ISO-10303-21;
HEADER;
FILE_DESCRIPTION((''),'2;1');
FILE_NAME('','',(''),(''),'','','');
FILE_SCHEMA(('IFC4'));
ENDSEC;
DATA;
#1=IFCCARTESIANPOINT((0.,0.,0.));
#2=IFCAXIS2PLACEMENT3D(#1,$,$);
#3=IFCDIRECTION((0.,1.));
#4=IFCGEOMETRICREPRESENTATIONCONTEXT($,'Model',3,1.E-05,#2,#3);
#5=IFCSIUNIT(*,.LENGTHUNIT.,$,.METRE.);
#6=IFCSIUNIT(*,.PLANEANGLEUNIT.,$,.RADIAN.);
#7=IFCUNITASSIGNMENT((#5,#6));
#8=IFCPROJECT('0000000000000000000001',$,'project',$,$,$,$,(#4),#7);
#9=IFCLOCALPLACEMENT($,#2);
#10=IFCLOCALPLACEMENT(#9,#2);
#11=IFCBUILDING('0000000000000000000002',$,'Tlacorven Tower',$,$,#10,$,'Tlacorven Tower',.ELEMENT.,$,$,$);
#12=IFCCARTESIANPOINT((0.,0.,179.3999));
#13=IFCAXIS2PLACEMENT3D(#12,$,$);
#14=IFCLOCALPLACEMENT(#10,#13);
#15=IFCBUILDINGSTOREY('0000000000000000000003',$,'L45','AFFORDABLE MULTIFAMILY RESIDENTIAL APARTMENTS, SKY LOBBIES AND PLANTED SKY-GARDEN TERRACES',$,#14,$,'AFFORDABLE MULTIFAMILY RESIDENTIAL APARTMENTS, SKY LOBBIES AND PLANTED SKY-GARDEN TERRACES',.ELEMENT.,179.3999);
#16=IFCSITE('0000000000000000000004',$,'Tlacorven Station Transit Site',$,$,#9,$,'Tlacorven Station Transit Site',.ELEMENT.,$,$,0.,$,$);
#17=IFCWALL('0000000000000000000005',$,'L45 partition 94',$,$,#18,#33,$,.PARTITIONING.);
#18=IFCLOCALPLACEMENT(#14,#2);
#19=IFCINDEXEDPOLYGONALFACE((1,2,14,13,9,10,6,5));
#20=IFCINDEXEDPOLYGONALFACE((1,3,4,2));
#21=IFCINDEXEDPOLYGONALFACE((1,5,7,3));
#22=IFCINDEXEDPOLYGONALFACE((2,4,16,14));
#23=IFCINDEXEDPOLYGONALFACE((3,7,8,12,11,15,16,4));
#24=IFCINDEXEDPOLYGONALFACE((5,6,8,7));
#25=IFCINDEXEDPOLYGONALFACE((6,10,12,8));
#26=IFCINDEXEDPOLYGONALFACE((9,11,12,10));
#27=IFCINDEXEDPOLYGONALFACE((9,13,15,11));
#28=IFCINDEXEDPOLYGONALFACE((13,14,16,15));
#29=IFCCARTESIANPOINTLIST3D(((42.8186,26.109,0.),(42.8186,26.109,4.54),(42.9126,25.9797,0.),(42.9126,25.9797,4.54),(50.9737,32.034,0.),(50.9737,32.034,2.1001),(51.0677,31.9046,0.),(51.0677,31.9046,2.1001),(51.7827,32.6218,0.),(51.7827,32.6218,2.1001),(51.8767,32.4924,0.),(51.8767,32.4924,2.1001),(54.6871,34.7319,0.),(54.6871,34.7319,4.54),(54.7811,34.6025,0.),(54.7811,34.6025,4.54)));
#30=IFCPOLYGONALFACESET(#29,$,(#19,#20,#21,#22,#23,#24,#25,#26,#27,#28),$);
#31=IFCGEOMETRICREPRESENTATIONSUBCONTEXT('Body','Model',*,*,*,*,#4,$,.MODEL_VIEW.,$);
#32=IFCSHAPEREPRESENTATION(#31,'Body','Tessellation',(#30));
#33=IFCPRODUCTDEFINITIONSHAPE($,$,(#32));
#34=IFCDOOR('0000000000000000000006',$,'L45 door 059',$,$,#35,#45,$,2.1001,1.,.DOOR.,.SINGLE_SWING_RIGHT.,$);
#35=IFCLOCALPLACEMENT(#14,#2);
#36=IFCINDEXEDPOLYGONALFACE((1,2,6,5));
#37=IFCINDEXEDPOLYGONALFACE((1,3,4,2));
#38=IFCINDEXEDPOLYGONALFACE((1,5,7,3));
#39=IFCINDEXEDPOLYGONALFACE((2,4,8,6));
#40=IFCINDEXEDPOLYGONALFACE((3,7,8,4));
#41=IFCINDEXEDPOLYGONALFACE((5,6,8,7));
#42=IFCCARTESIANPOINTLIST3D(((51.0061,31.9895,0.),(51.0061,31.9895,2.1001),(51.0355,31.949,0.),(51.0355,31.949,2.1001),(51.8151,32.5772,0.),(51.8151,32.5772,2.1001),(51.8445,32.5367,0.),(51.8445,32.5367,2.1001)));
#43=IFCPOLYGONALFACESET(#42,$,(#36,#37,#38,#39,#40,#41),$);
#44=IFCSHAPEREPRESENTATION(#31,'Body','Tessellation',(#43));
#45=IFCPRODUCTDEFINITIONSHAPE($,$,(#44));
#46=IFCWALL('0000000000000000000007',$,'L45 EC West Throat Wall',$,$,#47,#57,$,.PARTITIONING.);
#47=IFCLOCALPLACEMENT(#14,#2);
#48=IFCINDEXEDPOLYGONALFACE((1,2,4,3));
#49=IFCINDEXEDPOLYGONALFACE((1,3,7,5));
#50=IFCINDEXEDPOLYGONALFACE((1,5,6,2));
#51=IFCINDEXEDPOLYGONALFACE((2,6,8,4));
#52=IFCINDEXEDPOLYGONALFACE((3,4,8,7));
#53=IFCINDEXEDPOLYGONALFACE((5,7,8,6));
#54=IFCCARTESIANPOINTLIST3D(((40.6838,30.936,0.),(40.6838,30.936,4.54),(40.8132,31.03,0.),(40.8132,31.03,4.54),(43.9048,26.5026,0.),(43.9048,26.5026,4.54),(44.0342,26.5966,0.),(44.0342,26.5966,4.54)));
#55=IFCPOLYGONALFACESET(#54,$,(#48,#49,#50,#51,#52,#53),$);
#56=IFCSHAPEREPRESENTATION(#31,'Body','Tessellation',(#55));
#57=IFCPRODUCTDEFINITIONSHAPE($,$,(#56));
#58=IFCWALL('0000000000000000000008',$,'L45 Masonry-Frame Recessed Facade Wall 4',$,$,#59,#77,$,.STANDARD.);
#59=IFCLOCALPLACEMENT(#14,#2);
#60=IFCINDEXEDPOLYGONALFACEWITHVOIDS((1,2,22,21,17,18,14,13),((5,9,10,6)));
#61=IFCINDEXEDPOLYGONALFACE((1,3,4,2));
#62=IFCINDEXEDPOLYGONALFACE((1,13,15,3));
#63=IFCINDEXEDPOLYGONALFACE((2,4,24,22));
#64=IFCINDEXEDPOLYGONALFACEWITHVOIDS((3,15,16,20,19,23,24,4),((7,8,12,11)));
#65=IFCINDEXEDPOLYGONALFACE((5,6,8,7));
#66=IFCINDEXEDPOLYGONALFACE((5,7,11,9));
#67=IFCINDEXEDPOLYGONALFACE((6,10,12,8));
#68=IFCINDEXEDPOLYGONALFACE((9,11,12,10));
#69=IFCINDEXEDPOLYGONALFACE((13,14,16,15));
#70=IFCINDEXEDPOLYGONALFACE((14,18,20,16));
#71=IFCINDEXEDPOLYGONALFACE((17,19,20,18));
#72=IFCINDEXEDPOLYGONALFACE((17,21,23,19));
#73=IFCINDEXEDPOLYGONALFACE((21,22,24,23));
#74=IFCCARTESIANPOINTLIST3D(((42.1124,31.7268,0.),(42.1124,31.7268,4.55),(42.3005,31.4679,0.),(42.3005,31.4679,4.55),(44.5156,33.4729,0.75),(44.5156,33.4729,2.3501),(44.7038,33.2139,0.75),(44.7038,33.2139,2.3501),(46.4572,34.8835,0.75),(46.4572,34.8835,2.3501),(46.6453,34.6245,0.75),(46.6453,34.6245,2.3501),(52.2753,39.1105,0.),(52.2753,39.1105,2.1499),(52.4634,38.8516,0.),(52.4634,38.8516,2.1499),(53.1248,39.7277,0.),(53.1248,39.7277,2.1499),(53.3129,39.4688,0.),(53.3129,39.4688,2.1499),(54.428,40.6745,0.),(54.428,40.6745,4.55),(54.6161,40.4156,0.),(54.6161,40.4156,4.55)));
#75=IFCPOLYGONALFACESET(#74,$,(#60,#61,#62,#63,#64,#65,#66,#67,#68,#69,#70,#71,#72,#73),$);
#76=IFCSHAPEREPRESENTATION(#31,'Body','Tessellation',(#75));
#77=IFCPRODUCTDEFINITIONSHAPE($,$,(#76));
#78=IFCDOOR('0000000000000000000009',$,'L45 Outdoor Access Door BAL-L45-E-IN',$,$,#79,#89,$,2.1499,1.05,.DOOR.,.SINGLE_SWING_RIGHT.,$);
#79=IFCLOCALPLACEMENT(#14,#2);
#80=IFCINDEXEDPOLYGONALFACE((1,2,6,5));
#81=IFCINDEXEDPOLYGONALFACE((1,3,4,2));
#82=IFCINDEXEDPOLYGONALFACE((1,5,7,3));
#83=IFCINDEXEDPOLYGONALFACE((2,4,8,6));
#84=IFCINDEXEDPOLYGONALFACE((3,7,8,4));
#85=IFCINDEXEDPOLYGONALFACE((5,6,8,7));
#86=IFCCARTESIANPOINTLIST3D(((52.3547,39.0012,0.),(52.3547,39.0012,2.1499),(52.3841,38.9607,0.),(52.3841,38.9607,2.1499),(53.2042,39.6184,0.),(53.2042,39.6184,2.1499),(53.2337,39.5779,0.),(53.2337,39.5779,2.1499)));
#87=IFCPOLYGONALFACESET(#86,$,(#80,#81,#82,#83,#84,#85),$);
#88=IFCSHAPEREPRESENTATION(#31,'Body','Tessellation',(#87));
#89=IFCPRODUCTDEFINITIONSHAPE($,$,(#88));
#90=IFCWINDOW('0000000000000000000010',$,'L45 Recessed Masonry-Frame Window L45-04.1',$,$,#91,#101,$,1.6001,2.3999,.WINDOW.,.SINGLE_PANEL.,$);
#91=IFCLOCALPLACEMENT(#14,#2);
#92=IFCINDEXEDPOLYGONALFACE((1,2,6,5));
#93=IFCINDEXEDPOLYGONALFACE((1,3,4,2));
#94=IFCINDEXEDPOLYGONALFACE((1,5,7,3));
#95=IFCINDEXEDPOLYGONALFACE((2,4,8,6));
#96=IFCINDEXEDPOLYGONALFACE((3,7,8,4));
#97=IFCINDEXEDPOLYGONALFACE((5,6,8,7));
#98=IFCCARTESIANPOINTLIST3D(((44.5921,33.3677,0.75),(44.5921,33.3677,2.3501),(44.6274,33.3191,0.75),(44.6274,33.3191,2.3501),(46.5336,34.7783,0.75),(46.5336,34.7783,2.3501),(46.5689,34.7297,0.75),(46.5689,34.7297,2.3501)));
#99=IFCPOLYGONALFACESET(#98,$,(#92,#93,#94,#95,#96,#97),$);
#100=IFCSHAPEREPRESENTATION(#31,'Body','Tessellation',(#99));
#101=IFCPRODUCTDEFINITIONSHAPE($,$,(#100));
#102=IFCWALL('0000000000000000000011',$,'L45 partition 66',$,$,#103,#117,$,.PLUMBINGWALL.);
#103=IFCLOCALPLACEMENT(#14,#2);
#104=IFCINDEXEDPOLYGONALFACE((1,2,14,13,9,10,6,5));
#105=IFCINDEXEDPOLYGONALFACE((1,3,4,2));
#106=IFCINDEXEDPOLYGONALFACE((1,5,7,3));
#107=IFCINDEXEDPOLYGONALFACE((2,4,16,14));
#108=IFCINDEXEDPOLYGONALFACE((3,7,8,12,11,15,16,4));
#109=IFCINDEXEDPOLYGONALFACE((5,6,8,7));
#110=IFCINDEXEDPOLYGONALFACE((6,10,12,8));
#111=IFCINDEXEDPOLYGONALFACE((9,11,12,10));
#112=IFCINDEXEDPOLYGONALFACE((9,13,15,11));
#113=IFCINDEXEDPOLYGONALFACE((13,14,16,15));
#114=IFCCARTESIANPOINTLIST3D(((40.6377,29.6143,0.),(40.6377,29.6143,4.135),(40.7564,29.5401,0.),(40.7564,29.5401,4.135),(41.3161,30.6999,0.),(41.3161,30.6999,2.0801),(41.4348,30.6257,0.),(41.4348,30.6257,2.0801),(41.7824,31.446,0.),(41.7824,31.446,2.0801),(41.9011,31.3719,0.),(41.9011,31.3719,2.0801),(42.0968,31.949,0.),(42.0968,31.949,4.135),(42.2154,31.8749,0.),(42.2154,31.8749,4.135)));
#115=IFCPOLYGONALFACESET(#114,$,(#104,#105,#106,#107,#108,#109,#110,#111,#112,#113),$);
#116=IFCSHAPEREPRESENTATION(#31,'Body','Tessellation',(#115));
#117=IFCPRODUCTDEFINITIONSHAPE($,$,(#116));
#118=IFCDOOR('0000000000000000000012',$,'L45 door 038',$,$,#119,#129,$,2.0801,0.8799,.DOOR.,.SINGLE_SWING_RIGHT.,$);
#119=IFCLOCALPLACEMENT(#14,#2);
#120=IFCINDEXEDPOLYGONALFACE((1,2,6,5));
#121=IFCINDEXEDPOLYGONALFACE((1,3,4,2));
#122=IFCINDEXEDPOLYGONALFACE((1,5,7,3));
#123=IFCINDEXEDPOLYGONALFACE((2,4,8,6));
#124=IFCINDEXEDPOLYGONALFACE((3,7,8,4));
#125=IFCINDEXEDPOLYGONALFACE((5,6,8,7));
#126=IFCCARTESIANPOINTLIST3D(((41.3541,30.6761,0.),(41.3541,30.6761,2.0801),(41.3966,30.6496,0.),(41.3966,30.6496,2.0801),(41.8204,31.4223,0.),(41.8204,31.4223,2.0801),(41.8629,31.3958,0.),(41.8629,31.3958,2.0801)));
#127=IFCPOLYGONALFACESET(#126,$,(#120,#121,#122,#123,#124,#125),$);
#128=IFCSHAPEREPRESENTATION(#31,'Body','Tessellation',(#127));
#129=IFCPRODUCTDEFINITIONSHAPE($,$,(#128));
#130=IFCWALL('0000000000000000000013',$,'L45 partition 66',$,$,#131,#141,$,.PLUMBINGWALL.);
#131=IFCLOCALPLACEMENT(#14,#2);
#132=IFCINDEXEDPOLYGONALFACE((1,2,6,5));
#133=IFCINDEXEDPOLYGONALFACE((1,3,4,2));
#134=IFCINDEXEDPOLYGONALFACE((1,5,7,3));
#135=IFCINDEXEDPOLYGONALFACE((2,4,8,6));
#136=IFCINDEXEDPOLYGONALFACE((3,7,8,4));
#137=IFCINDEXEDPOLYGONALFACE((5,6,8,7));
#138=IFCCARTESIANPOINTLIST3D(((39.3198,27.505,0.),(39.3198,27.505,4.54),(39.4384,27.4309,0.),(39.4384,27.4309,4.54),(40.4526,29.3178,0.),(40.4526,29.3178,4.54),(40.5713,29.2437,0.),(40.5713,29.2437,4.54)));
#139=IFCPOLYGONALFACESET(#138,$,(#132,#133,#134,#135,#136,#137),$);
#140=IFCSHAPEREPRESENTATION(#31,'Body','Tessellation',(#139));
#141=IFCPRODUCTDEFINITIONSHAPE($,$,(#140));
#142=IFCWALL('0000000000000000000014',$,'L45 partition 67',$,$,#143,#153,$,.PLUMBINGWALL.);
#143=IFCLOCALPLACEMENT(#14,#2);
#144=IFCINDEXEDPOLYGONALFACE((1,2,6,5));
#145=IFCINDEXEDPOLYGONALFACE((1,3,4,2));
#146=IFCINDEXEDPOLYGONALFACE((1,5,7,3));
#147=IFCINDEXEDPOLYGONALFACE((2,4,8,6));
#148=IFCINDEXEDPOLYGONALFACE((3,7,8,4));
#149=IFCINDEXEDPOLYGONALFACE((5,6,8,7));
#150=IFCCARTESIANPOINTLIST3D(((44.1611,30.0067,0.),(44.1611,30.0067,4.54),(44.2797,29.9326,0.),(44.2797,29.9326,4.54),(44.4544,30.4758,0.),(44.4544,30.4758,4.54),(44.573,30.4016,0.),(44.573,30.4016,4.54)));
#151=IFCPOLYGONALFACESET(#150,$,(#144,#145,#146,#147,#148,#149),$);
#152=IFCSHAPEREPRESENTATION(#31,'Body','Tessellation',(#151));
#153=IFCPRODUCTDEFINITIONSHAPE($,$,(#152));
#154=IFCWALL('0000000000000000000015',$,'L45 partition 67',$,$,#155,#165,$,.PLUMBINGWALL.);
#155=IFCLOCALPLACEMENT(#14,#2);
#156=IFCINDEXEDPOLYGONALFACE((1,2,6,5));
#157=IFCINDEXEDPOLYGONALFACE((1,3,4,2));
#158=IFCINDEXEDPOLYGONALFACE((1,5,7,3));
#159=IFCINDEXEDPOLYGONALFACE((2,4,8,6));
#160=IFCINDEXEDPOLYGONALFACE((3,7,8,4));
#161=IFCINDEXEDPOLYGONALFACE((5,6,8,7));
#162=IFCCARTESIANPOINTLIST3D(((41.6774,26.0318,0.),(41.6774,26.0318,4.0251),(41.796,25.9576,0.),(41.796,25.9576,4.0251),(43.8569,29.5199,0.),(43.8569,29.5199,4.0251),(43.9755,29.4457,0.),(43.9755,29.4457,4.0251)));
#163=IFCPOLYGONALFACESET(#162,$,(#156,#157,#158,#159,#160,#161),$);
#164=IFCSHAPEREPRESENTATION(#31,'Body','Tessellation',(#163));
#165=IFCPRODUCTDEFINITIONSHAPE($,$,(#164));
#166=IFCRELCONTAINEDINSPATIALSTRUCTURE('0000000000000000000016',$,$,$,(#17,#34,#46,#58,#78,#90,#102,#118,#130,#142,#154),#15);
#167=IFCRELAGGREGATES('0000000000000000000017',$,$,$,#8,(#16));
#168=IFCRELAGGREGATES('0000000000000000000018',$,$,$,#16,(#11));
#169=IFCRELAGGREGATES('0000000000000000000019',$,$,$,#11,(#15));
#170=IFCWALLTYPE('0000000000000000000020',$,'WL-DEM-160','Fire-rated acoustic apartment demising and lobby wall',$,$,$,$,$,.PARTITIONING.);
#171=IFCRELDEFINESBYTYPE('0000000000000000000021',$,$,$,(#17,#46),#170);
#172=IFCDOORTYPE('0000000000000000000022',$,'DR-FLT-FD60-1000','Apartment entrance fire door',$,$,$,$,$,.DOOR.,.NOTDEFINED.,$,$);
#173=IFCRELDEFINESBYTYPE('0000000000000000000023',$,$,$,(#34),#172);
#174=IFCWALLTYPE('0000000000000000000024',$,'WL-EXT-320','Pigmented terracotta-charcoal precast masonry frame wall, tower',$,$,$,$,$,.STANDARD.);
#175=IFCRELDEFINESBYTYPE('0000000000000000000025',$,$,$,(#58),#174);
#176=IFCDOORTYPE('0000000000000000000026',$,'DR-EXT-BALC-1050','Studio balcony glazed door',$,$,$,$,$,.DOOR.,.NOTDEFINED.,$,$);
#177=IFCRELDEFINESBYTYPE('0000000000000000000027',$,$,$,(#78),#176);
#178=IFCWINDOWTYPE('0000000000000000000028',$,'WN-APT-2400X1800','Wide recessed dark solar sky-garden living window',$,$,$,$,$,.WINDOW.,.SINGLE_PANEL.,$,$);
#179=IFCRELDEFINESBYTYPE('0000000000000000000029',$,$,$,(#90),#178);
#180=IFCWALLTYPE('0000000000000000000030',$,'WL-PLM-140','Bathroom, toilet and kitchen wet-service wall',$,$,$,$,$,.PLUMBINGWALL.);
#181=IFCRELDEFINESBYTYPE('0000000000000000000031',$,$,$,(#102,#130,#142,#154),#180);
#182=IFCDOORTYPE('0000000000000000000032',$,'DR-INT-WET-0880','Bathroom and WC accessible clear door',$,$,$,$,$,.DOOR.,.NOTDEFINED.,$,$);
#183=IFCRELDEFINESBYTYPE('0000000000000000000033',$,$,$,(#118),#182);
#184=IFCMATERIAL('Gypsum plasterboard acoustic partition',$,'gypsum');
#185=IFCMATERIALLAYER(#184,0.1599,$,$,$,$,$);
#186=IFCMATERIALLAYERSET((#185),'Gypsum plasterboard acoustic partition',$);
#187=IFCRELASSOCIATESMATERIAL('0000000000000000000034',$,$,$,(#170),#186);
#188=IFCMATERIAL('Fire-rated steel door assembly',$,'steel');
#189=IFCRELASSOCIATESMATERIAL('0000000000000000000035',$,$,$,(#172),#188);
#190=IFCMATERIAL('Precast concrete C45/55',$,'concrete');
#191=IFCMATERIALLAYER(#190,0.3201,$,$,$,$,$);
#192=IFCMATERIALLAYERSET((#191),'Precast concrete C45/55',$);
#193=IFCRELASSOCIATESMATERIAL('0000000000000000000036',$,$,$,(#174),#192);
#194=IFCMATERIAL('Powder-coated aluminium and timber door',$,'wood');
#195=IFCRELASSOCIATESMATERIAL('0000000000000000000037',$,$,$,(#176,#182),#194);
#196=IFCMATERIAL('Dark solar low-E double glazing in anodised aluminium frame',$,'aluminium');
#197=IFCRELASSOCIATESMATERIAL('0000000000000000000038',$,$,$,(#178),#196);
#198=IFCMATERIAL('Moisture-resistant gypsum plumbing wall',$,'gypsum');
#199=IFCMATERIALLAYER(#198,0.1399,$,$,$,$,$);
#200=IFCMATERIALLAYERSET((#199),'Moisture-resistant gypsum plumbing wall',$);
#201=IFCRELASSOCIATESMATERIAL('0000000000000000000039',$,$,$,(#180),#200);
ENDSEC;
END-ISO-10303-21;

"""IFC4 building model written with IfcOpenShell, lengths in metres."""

from ifc_helpers import new_model, si_unit, direction, frame, frame_2d, origin, place, context, subcontext, project, spatial, rectangle, extrude, source, transform, mapped, material, layer, layer_set, type_object, element, fill, save


model = new_model("IFC4")

# Units and contexts
model_context = context("Model", 3, precision=1e-05, world=origin(), true_north=direction((0.0, 1.0)))
body_context = subcontext(model_context, "Body", "Model", "MODEL_VIEW")
ifc_project = project(units=[si_unit("LENGTHUNIT", "METRE"), si_unit("PLANEANGLEUNIT", "RADIAN")], contexts=[model_context])

# Site, building, storey
site_placement = place(None, origin())
site = spatial("IfcSite", under=ifc_project, at=site_placement, Name="Tlacorven Station Transit Site", LongName="Tlacorven Station Transit Site", CompositionType="ELEMENT", RefElevation=0.0)
building_placement = place(site_placement, origin())
building = spatial("IfcBuilding", under=site, at=building_placement, Name="Tlacorven Tower", LongName="Tlacorven Tower", CompositionType="ELEMENT")
storey_placement = place(building_placement, frame((0.0, 0.0, 179.3999)))
storey = spatial("IfcBuildingStorey", under=building, at=storey_placement, Name="L45", Description="AFFORDABLE MULTIFAMILY RESIDENTIAL APARTMENTS, SKY LOBBIES AND PLANTED SKY-GARDEN TERRACES", LongName="AFFORDABLE MULTIFAMILY RESIDENTIAL APARTMENTS, SKY LOBBIES AND PLANTED SKY-GARDEN TERRACES", CompositionType="ELEMENT", Elevation=179.3999)

# Shared definitions
ifc_material_1 = material(Name="Gypsum plasterboard acoustic partition", Category="gypsum")
ifc_layer_1 = layer(ifc_material_1, 0.1599)
ifc_layer_set_1 = layer_set([ifc_layer_1], Name="Gypsum plasterboard acoustic partition")
wall_type_1 = type_object("IfcWallType", Name="WL-DEM-160", Description="Fire-rated acoustic apartment demising and lobby wall", PredefinedType="PARTITIONING", material=ifc_layer_set_1)
ifc_material_2 = material(Name="Fire-rated steel door assembly", Category="steel")
ifc_material_3 = material(Name="Powder-coated aluminium and timber door", Category="wood")

# Wall, opening, door
wall_1_placement = place(storey_placement, frame((42.8657, 26.0444, 0.0), z_axis=(0.0, 0.0, 1.0), x_axis=(0.80902, 0.587781, 0.0)))
wall_1 = element("IfcWall", 1, at=wall_1_placement, inside=storey, type_object=wall_type_1, Name="L45 partition 94", PredefinedType="PARTITIONING", context=body_context, shape_type="SweptSolid", body=[
    extrude(rectangle(XDim=14.6702, YDim=0.1599, at=frame_2d((7.335, 0.0))), origin(), (0.0, 0.0, 1.0), 4.54),
])
opening_1_placement = place(wall_1_placement, frame((10.0801, 0.0, 0.0)))
opening_1 = element("IfcOpeningElement", 2, at=opening_1_placement, cuts=wall_1, PredefinedType="OPENING", context=body_context, shape_type="SweptSolid", body=[
    extrude(rectangle(XDim=1.0, YDim=2.1001, at=frame_2d((0.5, 1.05))), frame((0.0, 0.0898, 0.0), z_axis=(0.0, -1.0, 0.0), x_axis=(1.0, 0.0, 0.0)), (0.0, 0.0, 1.0), 0.1799),
])
door_type_1 = type_object("IfcDoorType", Name="DR-FLT-FD60-1000", Description="Apartment entrance fire door", OperationType="NOTDEFINED", PredefinedType="DOOR", material=ifc_material_2)
shared_shape_1 = source(origin(), body_context, "Body", "SweptSolid", [
    extrude(rectangle(XDim=1.0, YDim=2.1001, at=frame_2d((0.5, 1.05))), frame((0.0, 0.0249, 0.0), z_axis=(0.0, -1.0, 0.0), x_axis=(1.0, 0.0, 0.0)), (0.0, 0.0, 1.0), 0.05),
])
door_1_placement = place(opening_1_placement, origin())
door_1 = element("IfcDoor", 3, at=door_1_placement, inside=storey, type_object=door_type_1, Name="L45 door 059", OperationType="SINGLE_SWING_RIGHT", OverallHeight=2.1001, OverallWidth=1.0, PredefinedType="DOOR", context=body_context, shape_type="MappedRepresentation", body=[
    mapped(shared_shape_1, transform((0.0, 0.0, 0.0), scale=1.0)),
])
fill(opening_1, door_1)

# Wall
wall_2_placement = place(storey_placement, frame((43.9695, 26.5496, 0.0), z_axis=(0.0, 0.0, 1.0), x_axis=(-0.587777, 0.809023, 0.0)))
element("IfcWall", 4, at=wall_2_placement, inside=storey, type_object=wall_type_1, Name="L45 EC West Throat Wall", PredefinedType="PARTITIONING", context=body_context, shape_type="SweptSolid", body=[
    extrude(rectangle(XDim=5.48, YDim=0.1599, at=frame_2d((2.74, 0.0))), origin(), (0.0, 0.0, 1.0), 4.54),
])

# Wall, openings, door, window
ifc_material_4 = material(Name="Precast concrete C45/55", Category="concrete")
ifc_layer_2 = layer(ifc_material_4, 0.3201)
ifc_layer_set_2 = layer_set([ifc_layer_2], Name="Precast concrete C45/55")
wall_type_2 = type_object("IfcWallType", Name="WL-EXT-320", Description="Pigmented terracotta-charcoal precast masonry frame wall, tower", PredefinedType="STANDARD", material=ifc_layer_set_2)
wall_3_placement = place(storey_placement, frame((42.2065, 31.5974, 0.0), z_axis=(0.0, 0.0, 1.0), x_axis=(0.80902, 0.587781, 0.0)))
wall_3 = element("IfcWall", 5, at=wall_3_placement, inside=storey, type_object=wall_type_2, Name="L45 Masonry-Frame Recessed Facade Wall 4", PredefinedType="STANDARD", context=body_context, shape_type="SweptSolid", body=[
    extrude(rectangle(XDim=15.2229, YDim=0.3201, at=frame_2d((7.6113, 0.0))), origin(), (0.0, 0.0, 1.0), 4.55),
])
opening_2_placement = place(wall_3_placement, frame((12.562, 0.0, 0.0)))
opening_2 = element("IfcOpeningElement", 6, at=opening_2_placement, cuts=wall_3, PredefinedType="OPENING", context=body_context, shape_type="SweptSolid", body=[
    extrude(rectangle(XDim=1.05, YDim=2.1499, at=frame_2d((0.5249, 1.075))), frame((0.0, 0.1699, 0.0), z_axis=(0.0, -1.0, 0.0), x_axis=(1.0, 0.0, 0.0)), (0.0, 0.0, 1.0), 0.3401),
])
opening_3_placement = place(wall_3_placement, frame((2.9705, 0.0, 0.75)))
opening_3 = element("IfcOpeningElement", 7, at=opening_3_placement, cuts=wall_3, PredefinedType="OPENING", context=body_context, shape_type="SweptSolid", body=[
    extrude(rectangle(XDim=2.3999, YDim=1.6001, at=frame_2d((1.2, 0.8))), frame((0.0, 0.1699, 0.0), z_axis=(0.0, -1.0, 0.0), x_axis=(1.0, 0.0, 0.0)), (0.0, 0.0, 1.0), 0.3401),
])
door_type_2 = type_object("IfcDoorType", Name="DR-EXT-BALC-1050", Description="Studio balcony glazed door", OperationType="NOTDEFINED", PredefinedType="DOOR", material=ifc_material_3)
shared_shape_2 = source(origin(), body_context, "Body", "SweptSolid", [
    extrude(rectangle(XDim=1.05, YDim=2.1499, at=frame_2d((0.5249, 1.075))), frame((0.0, 0.0249, 0.0), z_axis=(0.0, -1.0, 0.0), x_axis=(1.0, 0.0, 0.0)), (0.0, 0.0, 1.0), 0.05),
])
door_2_placement = place(opening_2_placement, origin())
door_2 = element("IfcDoor", 8, at=door_2_placement, inside=storey, type_object=door_type_2, Name="L45 Outdoor Access Door BAL-L45-E-IN", OperationType="SINGLE_SWING_RIGHT", OverallHeight=2.1499, OverallWidth=1.05, PredefinedType="DOOR", context=body_context, shape_type="MappedRepresentation", body=[
    mapped(shared_shape_2, transform((0.0, 0.0, 0.0), scale=1.0)),
])
fill(opening_2, door_2)
ifc_material_5 = material(Name="Dark solar low-E double glazing in anodised aluminium frame", Category="aluminium")
window_type = type_object("IfcWindowType", Name="WN-APT-2400X1800", Description="Wide recessed dark solar sky-garden living window", PartitioningType="SINGLE_PANEL", PredefinedType="WINDOW", material=ifc_material_5)
shared_shape_3 = source(origin(), body_context, "Body", "SweptSolid", [
    extrude(rectangle(XDim=2.3999, YDim=1.6001, at=frame_2d((1.2, 0.8))), frame((0.0, 0.03, 0.0), z_axis=(0.0, -1.0, 0.0), x_axis=(1.0, 0.0, 0.0)), (0.0, 0.0, 1.0), 0.0601),
])
window_placement = place(opening_3_placement, origin())
window = element("IfcWindow", 9, at=window_placement, inside=storey, type_object=window_type, Name="L45 Recessed Masonry-Frame Window L45-04.1", OverallHeight=1.6001, OverallWidth=2.3999, PartitioningType="SINGLE_PANEL", PredefinedType="WINDOW", context=body_context, shape_type="MappedRepresentation", body=[
    mapped(shared_shape_3, transform((0.0, 0.0, 0.0), scale=1.0)),
])
fill(opening_3, window)

# Wall, opening, door
ifc_material_6 = material(Name="Moisture-resistant gypsum plumbing wall", Category="gypsum")
ifc_layer_3 = layer(ifc_material_6, 0.1399)
ifc_layer_set_3 = layer_set([ifc_layer_3], Name="Moisture-resistant gypsum plumbing wall")
wall_type_3 = type_object("IfcWallType", Name="WL-PLM-140", Description="Bathroom, toilet and kitchen wet-service wall", PredefinedType="PLUMBINGWALL", material=ifc_layer_set_3)
wall_4_placement = place(storey_placement, frame((42.156, 31.9119, 0.0), z_axis=(0.0, 0.0, 1.0), x_axis=(-0.529943, -0.848033, 0.0)))
wall_4 = element("IfcWall", 10, at=wall_4_placement, inside=storey, type_object=wall_type_3, Name="L45 partition 66", PredefinedType="PLUMBINGWALL", context=body_context, shape_type="SweptSolid", body=[
    extrude(rectangle(XDim=2.7532, YDim=0.1399, at=frame_2d((1.3765, 0.0))), origin(), (0.0, 0.0, 1.0), 4.135),
])
opening_4_placement = place(wall_4_placement, frame((0.593, 0.0, 0.0)))
opening_4 = element("IfcOpeningElement", 11, at=opening_4_placement, cuts=wall_4, PredefinedType="OPENING", context=body_context, shape_type="SweptSolid", body=[
    extrude(rectangle(XDim=0.8799, YDim=2.0801, at=frame_2d((0.4399, 1.04))), frame((0.0, 0.0801, 0.0), z_axis=(0.0, -1.0, 0.0), x_axis=(1.0, 0.0, 0.0)), (0.0, 0.0, 1.0), 0.1599),
])
door_type_3 = type_object("IfcDoorType", Name="DR-INT-WET-0880", Description="Bathroom and WC accessible clear door", OperationType="NOTDEFINED", PredefinedType="DOOR", material=ifc_material_3)
shared_shape_4 = source(origin(), body_context, "Body", "SweptSolid", [
    extrude(rectangle(XDim=0.8799, YDim=2.0801, at=frame_2d((0.4399, 1.04))), frame((0.0, 0.0249, 0.0), z_axis=(0.0, -1.0, 0.0), x_axis=(1.0, 0.0, 0.0)), (0.0, 0.0, 1.0), 0.05),
])
door_3_placement = place(opening_4_placement, origin())
door_3 = element("IfcDoor", 12, at=door_3_placement, inside=storey, type_object=door_type_3, Name="L45 door 038", OperationType="SINGLE_SWING_RIGHT", OverallHeight=2.0801, OverallWidth=0.8799, PredefinedType="DOOR", context=body_context, shape_type="MappedRepresentation", body=[
    mapped(shared_shape_4, transform((0.0, 0.0, 0.0), scale=1.0)),
])
fill(opening_4, door_3)

# Walls
wall_5_placement = place(storey_placement, frame((40.512, 29.2808, 0.0), z_axis=(0.0, 0.0, 1.0), x_axis=(-0.529948, -0.84803, 0.0)))
element("IfcWall", 13, at=wall_5_placement, inside=storey, type_object=wall_type_3, Name="L45 partition 66", PredefinedType="PLUMBINGWALL", context=body_context, shape_type="SweptSolid", body=[
    extrude(rectangle(XDim=2.1377, YDim=0.1399, at=frame_2d((1.0688, 0.0))), origin(), (0.0, 0.0, 1.0), 4.54),
])
wall_6_placement = place(storey_placement, frame((44.5137, 30.4387, 0.0), z_axis=(0.0, 0.0, 1.0), x_axis=(-0.530118, -0.847924, 0.0)))
element("IfcWall", 14, at=wall_6_placement, inside=storey, type_object=wall_type_3, Name="L45 partition 67", PredefinedType="PLUMBINGWALL", context=body_context, shape_type="SweptSolid", body=[
    extrude(rectangle(XDim=0.5532, YDim=0.1399, at=frame_2d((0.2766, 0.0))), origin(), (0.0, 0.0, 1.0), 4.54),
])
wall_7_placement = place(storey_placement, frame((43.9163, 29.4829, 0.0), z_axis=(0.0, 0.0, 1.0), x_axis=(-0.529898, -0.848062, 0.0)))
element("IfcWall", 15, at=wall_7_placement, inside=storey, type_object=wall_type_3, Name="L45 partition 67", PredefinedType="PLUMBINGWALL", context=body_context, shape_type="SweptSolid", body=[
    extrude(rectangle(XDim=4.113, YDim=0.1399, at=frame_2d((2.0566, 0.0))), origin(), (0.0, 0.0, 1.0), 4.0251),
])

save(model, "model.ifc")
